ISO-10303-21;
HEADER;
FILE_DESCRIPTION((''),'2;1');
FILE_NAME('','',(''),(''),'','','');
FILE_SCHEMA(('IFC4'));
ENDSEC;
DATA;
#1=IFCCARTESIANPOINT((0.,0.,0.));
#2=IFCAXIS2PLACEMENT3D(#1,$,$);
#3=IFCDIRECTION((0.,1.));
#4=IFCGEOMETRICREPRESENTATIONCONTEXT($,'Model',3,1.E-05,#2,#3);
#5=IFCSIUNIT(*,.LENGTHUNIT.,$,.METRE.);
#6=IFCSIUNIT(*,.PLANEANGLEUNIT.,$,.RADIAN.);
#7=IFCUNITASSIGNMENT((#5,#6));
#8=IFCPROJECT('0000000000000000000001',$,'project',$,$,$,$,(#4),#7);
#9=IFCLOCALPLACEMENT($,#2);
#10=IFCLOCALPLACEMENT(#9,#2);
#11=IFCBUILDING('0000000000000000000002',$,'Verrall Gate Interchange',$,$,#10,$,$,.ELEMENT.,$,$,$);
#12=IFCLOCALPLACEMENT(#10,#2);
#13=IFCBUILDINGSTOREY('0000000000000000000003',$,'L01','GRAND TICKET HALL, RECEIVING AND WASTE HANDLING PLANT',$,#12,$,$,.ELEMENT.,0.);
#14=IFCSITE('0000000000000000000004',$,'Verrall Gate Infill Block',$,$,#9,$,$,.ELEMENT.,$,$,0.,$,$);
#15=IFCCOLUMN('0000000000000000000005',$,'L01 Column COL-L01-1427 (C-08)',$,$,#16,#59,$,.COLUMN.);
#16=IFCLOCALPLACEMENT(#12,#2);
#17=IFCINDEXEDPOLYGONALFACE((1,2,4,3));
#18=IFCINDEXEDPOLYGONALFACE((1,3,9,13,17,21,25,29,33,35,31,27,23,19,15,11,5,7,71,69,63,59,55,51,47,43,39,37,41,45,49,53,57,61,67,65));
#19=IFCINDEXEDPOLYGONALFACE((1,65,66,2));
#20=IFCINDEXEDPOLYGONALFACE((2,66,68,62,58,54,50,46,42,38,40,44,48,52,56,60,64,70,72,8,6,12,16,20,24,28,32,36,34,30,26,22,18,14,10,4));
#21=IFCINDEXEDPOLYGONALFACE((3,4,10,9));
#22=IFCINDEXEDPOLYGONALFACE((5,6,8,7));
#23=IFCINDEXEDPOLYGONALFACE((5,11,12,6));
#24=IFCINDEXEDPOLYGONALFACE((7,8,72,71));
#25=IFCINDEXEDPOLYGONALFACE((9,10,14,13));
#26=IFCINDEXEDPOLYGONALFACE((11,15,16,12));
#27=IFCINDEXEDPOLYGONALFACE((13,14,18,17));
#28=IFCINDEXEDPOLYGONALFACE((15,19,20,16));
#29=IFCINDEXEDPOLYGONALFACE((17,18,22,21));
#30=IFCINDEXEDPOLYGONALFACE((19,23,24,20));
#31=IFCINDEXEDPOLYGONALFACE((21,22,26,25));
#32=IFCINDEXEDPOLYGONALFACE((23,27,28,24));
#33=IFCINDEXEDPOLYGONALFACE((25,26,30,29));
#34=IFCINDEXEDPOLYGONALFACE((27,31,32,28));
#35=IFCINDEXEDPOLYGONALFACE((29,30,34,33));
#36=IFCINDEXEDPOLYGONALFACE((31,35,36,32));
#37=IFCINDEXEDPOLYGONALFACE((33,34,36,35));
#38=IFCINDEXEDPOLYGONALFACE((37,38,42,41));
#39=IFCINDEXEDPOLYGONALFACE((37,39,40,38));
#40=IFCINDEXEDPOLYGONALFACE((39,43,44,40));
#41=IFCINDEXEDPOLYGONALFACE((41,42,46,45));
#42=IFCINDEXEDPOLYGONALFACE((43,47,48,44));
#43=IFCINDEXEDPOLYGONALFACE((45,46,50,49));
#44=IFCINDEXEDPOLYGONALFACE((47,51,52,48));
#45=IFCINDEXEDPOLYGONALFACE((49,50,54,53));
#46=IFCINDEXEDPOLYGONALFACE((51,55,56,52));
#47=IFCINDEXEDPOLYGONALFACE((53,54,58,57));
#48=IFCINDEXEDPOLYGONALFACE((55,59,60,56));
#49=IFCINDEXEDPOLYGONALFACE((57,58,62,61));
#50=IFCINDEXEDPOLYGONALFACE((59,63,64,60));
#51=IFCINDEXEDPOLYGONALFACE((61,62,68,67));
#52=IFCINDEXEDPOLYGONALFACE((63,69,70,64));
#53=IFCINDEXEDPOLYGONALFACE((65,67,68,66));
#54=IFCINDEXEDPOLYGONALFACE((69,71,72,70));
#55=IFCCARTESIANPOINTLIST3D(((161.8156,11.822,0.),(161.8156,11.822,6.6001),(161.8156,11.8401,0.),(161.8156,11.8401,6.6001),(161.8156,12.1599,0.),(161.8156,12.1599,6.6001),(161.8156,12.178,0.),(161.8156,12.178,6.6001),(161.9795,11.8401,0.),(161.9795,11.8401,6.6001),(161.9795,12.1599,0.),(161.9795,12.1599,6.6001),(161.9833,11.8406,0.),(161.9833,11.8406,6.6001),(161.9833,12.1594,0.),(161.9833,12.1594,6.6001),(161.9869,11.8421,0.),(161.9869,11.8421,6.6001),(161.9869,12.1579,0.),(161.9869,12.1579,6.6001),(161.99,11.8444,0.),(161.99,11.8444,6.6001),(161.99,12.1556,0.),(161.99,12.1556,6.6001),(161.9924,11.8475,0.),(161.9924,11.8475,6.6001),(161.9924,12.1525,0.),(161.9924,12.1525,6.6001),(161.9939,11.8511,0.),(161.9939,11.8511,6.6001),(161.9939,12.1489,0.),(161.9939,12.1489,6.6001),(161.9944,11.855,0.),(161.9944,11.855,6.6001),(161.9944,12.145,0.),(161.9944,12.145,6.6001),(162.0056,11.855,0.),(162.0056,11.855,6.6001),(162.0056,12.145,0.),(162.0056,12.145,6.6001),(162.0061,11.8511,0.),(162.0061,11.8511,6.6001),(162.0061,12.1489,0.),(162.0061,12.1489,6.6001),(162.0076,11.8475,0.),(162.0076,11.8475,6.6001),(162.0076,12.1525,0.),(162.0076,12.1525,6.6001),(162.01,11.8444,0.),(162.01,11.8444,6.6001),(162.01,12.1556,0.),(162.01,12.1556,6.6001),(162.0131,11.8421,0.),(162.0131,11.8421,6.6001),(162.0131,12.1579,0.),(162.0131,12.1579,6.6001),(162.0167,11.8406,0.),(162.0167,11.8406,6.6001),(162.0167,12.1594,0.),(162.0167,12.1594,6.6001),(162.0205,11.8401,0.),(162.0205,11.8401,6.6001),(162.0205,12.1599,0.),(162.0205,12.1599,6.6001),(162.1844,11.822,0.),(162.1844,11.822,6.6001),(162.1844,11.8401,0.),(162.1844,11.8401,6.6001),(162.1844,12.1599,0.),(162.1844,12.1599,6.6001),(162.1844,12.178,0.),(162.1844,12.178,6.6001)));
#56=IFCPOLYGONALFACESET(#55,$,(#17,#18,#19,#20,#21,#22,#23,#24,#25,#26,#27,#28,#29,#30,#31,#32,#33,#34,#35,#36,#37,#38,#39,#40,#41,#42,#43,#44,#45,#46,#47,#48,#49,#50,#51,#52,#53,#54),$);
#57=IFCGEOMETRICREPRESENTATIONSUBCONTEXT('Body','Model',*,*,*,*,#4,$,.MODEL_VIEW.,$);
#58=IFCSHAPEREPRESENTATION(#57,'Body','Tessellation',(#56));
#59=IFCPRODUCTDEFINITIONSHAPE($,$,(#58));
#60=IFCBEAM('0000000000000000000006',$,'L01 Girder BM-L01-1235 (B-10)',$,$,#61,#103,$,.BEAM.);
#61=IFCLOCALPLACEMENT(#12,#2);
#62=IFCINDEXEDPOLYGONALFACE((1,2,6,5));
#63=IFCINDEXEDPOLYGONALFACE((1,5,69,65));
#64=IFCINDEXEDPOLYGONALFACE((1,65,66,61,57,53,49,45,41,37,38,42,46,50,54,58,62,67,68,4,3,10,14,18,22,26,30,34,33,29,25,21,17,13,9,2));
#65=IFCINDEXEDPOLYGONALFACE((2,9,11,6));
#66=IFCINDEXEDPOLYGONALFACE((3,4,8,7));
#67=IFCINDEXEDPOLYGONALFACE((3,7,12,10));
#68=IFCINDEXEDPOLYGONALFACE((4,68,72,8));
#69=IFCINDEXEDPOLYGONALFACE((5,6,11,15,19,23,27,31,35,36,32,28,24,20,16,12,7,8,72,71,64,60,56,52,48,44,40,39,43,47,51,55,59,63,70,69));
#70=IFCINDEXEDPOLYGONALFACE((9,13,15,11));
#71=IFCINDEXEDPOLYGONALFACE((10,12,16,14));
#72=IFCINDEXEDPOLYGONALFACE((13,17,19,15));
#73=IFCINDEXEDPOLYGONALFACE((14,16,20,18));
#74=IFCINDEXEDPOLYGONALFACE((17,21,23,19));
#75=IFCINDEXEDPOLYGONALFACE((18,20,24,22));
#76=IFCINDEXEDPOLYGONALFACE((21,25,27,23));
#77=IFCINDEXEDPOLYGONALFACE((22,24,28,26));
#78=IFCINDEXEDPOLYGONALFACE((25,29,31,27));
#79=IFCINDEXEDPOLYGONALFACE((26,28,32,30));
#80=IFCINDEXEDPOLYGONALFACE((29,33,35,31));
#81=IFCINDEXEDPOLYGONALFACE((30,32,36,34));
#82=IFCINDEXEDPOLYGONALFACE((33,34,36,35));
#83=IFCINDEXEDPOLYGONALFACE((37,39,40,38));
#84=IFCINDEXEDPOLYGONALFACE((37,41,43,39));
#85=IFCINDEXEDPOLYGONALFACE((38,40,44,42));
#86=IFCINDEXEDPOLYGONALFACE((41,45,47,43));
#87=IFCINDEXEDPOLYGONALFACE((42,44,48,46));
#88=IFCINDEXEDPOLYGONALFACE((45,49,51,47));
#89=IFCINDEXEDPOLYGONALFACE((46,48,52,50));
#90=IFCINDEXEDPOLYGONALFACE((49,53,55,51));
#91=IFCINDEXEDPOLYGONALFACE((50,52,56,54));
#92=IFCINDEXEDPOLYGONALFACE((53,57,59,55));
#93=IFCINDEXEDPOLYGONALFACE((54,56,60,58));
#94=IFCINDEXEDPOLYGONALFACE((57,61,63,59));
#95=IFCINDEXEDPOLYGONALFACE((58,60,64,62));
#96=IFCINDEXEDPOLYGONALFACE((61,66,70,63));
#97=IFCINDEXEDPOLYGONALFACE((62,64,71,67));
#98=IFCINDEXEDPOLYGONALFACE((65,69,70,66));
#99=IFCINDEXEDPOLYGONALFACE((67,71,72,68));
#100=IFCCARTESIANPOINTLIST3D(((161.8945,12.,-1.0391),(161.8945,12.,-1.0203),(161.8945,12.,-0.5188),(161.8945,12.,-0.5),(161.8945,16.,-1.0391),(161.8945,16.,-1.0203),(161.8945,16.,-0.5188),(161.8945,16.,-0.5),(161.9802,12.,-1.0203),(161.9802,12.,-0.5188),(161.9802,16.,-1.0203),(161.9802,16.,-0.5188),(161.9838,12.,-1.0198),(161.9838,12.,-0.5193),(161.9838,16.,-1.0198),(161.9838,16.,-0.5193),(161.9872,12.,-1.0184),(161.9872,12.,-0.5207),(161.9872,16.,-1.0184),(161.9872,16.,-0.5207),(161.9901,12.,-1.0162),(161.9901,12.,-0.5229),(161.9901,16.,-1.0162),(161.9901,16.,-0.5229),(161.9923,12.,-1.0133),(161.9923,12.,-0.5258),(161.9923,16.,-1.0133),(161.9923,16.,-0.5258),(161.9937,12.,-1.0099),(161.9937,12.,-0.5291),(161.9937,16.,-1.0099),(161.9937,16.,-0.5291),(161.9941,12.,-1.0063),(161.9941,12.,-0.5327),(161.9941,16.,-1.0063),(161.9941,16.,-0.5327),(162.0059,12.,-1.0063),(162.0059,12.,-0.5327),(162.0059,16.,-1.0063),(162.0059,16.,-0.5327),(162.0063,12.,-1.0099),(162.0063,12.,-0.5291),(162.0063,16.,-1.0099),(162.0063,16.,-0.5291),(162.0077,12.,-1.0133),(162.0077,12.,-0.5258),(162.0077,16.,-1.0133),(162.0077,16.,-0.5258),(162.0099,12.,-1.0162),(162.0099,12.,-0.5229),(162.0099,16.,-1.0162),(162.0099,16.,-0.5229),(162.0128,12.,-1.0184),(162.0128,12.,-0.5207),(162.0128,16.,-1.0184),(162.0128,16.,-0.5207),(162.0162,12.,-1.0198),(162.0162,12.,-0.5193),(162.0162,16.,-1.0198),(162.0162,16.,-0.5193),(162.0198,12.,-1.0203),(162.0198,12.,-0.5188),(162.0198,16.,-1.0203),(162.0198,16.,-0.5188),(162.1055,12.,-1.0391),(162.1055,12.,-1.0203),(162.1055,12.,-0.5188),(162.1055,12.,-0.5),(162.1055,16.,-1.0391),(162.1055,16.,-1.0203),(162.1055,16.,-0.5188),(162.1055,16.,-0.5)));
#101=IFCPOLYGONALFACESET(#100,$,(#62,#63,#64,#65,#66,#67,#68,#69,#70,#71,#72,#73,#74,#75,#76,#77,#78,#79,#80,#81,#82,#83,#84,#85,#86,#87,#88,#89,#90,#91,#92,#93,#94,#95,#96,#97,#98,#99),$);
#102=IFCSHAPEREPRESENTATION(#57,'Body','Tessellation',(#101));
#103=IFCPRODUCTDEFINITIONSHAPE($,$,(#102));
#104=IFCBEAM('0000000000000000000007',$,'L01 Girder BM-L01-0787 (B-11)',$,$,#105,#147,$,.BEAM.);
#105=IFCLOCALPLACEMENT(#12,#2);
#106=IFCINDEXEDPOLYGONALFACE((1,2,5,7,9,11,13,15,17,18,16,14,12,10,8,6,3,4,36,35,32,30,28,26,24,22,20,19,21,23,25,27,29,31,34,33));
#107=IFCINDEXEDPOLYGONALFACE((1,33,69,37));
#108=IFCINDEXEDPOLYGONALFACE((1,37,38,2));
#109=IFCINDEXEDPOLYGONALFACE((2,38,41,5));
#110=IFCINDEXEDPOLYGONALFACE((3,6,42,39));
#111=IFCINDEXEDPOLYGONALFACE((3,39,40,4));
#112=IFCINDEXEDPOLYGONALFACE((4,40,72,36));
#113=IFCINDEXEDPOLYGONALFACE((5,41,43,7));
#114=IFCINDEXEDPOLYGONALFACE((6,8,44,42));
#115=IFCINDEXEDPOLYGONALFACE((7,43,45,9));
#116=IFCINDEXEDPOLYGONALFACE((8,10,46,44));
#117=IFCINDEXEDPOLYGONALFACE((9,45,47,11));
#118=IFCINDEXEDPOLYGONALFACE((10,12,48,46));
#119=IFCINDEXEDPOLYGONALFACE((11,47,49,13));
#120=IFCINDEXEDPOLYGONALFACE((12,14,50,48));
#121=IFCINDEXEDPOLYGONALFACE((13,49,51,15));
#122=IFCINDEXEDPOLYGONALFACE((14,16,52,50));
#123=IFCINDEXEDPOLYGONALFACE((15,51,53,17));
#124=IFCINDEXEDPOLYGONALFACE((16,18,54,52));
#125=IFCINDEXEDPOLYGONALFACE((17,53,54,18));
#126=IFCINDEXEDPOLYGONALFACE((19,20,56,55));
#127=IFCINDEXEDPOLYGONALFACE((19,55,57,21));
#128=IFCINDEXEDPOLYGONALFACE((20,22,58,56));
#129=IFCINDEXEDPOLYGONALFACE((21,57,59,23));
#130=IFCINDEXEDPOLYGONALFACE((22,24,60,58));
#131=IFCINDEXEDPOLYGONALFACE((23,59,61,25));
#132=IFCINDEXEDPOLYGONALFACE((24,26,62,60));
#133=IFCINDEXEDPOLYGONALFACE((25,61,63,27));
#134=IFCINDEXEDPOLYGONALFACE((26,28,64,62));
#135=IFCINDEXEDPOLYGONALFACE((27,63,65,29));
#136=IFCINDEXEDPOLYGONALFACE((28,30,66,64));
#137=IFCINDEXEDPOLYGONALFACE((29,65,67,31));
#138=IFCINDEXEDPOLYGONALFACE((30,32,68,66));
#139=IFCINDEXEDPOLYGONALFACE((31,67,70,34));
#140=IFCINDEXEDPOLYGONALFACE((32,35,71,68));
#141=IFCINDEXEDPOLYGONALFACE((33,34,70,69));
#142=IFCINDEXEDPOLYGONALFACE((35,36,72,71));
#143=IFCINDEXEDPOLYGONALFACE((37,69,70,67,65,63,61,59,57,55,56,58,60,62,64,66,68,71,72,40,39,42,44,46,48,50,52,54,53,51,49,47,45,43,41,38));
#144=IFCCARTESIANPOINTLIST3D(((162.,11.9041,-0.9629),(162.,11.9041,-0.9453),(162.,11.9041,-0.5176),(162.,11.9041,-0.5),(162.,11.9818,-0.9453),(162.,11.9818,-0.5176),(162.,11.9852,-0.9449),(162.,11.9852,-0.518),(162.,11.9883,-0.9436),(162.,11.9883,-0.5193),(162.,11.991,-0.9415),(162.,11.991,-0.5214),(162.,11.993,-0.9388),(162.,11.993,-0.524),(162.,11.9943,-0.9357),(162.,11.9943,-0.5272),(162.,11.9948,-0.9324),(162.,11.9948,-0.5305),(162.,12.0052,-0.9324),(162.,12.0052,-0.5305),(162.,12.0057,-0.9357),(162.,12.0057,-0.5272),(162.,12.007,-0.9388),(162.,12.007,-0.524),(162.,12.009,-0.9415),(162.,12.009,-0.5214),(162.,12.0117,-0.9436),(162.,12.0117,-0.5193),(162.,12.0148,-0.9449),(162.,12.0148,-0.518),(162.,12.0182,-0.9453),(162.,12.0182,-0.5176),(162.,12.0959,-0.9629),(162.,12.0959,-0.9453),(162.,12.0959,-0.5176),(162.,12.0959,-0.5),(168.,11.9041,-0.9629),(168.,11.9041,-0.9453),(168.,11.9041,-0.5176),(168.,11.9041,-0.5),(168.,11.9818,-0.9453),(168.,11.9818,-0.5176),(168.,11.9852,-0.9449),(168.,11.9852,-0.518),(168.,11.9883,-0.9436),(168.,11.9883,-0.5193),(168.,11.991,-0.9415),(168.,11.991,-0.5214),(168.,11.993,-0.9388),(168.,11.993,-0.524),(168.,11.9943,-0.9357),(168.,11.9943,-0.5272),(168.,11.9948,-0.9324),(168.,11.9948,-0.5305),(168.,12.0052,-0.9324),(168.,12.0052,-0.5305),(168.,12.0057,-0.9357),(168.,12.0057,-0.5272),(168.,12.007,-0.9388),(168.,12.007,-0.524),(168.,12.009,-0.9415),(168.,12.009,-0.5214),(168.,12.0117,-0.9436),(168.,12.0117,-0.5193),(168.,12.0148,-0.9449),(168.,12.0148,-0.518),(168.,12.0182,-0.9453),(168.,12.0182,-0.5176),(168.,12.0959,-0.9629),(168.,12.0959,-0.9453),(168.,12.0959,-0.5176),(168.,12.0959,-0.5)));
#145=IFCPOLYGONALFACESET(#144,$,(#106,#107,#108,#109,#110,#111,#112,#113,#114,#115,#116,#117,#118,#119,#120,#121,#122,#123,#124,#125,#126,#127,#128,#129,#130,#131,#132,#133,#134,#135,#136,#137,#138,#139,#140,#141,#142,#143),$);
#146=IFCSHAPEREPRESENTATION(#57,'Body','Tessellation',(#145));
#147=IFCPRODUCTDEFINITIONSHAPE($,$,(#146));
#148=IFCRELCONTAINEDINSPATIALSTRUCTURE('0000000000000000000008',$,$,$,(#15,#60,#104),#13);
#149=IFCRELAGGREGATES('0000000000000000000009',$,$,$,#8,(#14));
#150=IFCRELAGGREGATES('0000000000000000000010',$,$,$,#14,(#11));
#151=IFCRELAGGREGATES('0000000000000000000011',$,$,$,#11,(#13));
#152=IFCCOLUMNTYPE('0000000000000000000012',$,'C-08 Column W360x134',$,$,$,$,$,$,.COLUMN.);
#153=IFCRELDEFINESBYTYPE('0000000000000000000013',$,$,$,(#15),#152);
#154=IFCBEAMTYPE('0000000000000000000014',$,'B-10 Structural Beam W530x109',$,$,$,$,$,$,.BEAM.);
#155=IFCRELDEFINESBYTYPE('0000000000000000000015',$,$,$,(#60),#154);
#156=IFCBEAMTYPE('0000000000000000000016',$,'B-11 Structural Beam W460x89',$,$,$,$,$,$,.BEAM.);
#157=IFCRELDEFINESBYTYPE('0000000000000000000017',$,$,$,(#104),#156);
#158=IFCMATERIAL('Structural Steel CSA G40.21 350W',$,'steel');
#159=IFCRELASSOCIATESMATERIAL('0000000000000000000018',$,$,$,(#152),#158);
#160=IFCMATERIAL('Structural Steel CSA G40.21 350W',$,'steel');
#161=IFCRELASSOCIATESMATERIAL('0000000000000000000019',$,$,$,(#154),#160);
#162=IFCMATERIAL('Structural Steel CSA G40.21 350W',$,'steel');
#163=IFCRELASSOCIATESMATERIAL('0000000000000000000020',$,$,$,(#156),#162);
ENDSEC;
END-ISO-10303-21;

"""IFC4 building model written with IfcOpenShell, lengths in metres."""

from ifc_helpers import new_model, si_unit, direction, frame, origin, origin_2d, place, context, subcontext, project, spatial, i_section, extrude, material, material_profile, profile_set, type_object, element, save


model = new_model("IFC4")

# Units and contexts
model_context = context("Model", 3, precision=1e-05, world=origin(), true_north=direction((0.0, 1.0)))
body_context = subcontext(model_context, "Body", "Model", "MODEL_VIEW")
ifc_project = project(units=[si_unit("LENGTHUNIT", "METRE"), si_unit("PLANEANGLEUNIT", "RADIAN")], contexts=[model_context])

# Site, building, storey
site_placement = place(None, origin())
site = spatial("IfcSite", under=ifc_project, at=site_placement, Name="Verrall Gate Infill Block", CompositionType="ELEMENT", RefElevation=0.0)
building_placement = place(site_placement, origin())
building = spatial("IfcBuilding", under=site, at=building_placement, Name="Verrall Gate Interchange", CompositionType="ELEMENT")
storey_placement = place(building_placement, origin())
storey = spatial("IfcBuildingStorey", under=building, at=storey_placement, Name="L01", Description="GRAND TICKET HALL, RECEIVING AND WASTE HANDLING PLANT", CompositionType="ELEMENT", Elevation=0.0)

# Column
ifc_material_1 = material(Name="Structural Steel CSA G40.21 350W", Category="steel")
ifc_material_profile_1 = material_profile(ifc_material_1, i_section(OverallWidth=0.3689, OverallDepth=0.356, WebThickness=0.0112, FlangeThickness=0.0181, FilletRadius=0.0149, at=origin_2d()), Name="W360x134")
ifc_profile_set_1 = profile_set([ifc_material_profile_1], Name="Structural Steel CSA G40.21 350W")
column_type = type_object("IfcColumnType", Name="C-08 Column W360x134", PredefinedType="COLUMN", material=ifc_profile_set_1)
column_placement = place(storey_placement, frame((162.0, 12.0, 0.0), z_axis=(0.0, 0.0, 1.0), x_axis=(1.0, 0.0, 0.0)))
element("IfcColumn", 1, at=column_placement, inside=storey, type_object=column_type, Name="L01 Column COL-L01-1427 (C-08)", PredefinedType="COLUMN", context=body_context, shape_type="SweptSolid", body=[
    extrude(i_section(OverallWidth=0.3689, OverallDepth=0.356, WebThickness=0.0112, FlangeThickness=0.0181, FilletRadius=0.0149, at=origin_2d()), origin(), (0.0, 0.0, 1.0), 6.6001),
])

# Beams
ifc_material_2 = material(Name="Structural Steel CSA G40.21 350W", Category="steel")
ifc_material_profile_2 = material_profile(ifc_material_2, i_section(OverallWidth=0.2109, OverallDepth=0.5391, WebThickness=0.0117, FlangeThickness=0.0188, FilletRadius=0.0139, at=origin_2d()), Name="W530x109")
ifc_profile_set_2 = profile_set([ifc_material_profile_2], Name="Structural Steel CSA G40.21 350W")
beam_type_1 = type_object("IfcBeamType", Name="B-10 Structural Beam W530x109", PredefinedType="BEAM", material=ifc_profile_set_2)
beam_1_placement = place(storey_placement, frame((162.0, 12.0, -0.7695), z_axis=(0.0, 1.0, 0.0), x_axis=(-1.0, 0.0, 0.0)))
element("IfcBeam", 2, at=beam_1_placement, inside=storey, type_object=beam_type_1, Name="L01 Girder BM-L01-1235 (B-10)", PredefinedType="BEAM", context=body_context, shape_type="SweptSolid", body=[
    extrude(i_section(OverallWidth=0.2109, OverallDepth=0.5391, WebThickness=0.0117, FlangeThickness=0.0188, FilletRadius=0.0139, at=origin_2d()), origin(), (0.0, 0.0, 1.0), 4.0),
])
ifc_material_3 = material(Name="Structural Steel CSA G40.21 350W", Category="steel")
ifc_material_profile_3 = material_profile(ifc_material_3, i_section(OverallWidth=0.1919, OverallDepth=0.4629, WebThickness=0.0105, FlangeThickness=0.0176, FilletRadius=0.0129, at=origin_2d()), Name="W460x89")
ifc_profile_set_3 = profile_set([ifc_material_profile_3], Name="Structural Steel CSA G40.21 350W")
beam_type_2 = type_object("IfcBeamType", Name="B-11 Structural Beam W460x89", PredefinedType="BEAM", material=ifc_profile_set_3)
beam_2_placement = place(storey_placement, frame((162.0, 12.0, -0.7314), z_axis=(1.0, 0.0, 0.0), x_axis=(0.0, 1.0, 0.0)))
element("IfcBeam", 3, at=beam_2_placement, inside=storey, type_object=beam_type_2, Name="L01 Girder BM-L01-0787 (B-11)", PredefinedType="BEAM", context=body_context, shape_type="SweptSolid", body=[
    extrude(i_section(OverallWidth=0.1919, OverallDepth=0.4629, WebThickness=0.0105, FlangeThickness=0.0176, FilletRadius=0.0129, at=origin_2d()), origin(), (0.0, 0.0, 1.0), 6.0),
])

save(model, "model.ifc")
